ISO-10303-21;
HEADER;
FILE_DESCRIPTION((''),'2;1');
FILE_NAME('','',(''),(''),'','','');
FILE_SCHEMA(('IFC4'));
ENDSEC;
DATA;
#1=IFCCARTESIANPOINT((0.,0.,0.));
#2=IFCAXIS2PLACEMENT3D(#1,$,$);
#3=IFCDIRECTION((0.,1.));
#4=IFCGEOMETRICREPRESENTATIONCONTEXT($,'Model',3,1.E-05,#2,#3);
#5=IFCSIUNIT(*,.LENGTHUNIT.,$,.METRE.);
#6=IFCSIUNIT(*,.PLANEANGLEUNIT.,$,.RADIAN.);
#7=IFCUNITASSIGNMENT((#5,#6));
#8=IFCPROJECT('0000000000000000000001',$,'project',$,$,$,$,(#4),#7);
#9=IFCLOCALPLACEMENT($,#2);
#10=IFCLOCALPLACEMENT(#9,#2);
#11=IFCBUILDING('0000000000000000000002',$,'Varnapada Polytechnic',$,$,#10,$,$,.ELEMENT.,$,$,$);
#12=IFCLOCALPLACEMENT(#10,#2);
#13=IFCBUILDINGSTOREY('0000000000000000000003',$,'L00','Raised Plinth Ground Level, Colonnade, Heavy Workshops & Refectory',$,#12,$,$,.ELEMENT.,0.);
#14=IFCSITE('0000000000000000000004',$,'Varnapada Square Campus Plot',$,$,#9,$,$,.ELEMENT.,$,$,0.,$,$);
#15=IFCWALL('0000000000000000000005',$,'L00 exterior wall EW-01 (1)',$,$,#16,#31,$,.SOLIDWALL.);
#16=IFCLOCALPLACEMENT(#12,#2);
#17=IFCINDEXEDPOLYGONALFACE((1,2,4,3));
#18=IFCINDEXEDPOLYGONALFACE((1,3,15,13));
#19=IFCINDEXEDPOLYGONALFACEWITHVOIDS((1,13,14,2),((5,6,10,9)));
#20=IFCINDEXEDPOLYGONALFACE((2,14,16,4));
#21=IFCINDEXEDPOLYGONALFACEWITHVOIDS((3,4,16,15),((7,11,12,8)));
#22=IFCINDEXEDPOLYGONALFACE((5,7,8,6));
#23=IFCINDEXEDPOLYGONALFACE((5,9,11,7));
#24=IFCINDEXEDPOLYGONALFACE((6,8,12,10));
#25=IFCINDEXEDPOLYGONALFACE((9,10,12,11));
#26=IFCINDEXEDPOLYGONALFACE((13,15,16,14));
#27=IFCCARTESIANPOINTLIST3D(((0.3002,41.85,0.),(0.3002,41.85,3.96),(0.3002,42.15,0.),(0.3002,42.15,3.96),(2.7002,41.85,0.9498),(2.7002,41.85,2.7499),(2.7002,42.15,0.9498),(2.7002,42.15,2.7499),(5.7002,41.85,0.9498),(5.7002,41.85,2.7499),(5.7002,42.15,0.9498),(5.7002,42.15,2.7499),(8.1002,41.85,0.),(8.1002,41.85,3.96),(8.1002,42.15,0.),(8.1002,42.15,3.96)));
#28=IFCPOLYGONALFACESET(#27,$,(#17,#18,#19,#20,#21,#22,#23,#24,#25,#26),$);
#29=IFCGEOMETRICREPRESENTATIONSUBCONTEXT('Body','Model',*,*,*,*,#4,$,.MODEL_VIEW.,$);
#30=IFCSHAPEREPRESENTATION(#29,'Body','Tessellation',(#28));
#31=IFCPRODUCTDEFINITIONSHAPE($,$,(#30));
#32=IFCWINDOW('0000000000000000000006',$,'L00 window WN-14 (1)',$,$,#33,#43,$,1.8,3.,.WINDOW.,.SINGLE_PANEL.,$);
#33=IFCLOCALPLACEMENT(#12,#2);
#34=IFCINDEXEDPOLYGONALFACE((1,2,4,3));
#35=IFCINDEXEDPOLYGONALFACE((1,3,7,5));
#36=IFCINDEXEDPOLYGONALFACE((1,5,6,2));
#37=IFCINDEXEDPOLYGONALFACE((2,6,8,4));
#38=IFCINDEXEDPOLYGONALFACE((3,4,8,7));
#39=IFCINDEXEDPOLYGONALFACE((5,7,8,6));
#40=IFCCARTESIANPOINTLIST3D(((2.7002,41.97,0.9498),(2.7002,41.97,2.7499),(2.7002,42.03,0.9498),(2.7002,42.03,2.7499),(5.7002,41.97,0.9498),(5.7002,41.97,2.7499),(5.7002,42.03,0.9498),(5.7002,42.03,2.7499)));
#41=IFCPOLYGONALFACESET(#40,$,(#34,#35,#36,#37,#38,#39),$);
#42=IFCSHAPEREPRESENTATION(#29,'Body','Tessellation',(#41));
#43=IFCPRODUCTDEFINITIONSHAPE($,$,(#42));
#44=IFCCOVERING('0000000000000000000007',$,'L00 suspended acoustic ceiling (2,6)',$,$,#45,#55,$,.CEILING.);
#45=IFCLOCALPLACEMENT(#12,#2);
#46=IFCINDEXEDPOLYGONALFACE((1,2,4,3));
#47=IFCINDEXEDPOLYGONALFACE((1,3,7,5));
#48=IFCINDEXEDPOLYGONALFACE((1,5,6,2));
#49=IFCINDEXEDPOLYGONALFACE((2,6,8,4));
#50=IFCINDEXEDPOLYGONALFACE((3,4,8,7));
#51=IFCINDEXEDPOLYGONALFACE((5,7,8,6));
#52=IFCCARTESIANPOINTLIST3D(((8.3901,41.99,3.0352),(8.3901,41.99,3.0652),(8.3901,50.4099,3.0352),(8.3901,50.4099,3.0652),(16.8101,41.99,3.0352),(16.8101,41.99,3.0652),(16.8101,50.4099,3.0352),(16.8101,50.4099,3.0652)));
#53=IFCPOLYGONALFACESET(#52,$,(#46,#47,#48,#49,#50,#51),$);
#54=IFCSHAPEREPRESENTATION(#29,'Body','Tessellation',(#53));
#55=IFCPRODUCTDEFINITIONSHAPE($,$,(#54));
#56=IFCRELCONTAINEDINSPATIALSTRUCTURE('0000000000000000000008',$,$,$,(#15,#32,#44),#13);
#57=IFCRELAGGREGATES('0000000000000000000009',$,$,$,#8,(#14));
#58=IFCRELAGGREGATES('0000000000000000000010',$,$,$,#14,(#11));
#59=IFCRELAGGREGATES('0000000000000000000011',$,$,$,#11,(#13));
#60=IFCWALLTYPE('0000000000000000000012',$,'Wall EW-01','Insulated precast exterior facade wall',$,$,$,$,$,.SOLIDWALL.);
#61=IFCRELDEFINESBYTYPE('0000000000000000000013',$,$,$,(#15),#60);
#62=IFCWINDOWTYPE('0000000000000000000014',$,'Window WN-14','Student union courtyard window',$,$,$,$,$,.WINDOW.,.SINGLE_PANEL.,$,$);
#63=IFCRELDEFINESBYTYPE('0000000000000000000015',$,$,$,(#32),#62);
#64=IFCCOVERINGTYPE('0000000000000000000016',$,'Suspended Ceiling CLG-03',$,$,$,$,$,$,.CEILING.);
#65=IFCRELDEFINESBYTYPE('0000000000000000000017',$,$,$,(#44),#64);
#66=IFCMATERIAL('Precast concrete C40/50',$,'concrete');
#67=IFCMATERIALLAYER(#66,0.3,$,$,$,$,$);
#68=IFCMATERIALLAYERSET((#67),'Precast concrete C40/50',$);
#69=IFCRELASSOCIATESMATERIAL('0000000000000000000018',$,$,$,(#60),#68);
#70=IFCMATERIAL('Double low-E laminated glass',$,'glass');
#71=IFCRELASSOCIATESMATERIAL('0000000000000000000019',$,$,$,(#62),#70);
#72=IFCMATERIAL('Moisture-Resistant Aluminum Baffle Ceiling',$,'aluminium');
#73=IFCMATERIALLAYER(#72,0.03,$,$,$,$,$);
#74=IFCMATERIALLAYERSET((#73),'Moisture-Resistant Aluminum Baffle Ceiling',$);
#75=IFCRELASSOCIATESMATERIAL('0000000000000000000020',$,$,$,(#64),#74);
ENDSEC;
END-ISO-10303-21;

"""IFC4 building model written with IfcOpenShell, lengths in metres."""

from ifc_helpers import new_model, si_unit, direction, frame, frame_2d, origin, origin_2d, place, context, subcontext, project, spatial, rectangle, extrude, material, layer, layer_set, type_object, element, fill, save


model = new_model("IFC4")

# Units and contexts
model_context = context("Model", 3, precision=1e-05, world=origin(), true_north=direction((0.0, 1.0)))
body_context = subcontext(model_context, "Body", "Model", "MODEL_VIEW")
ifc_project = project(units=[si_unit("LENGTHUNIT", "METRE"), si_unit("PLANEANGLEUNIT", "RADIAN")], contexts=[model_context])

# Site, building, storey
site_placement = place(None, origin())
site = spatial("IfcSite", under=ifc_project, at=site_placement, Name="Varnapada Square Campus Plot", CompositionType="ELEMENT", RefElevation=0.0)
building_placement = place(site_placement, origin())
building = spatial("IfcBuilding", under=site, at=building_placement, Name="Varnapada Polytechnic", CompositionType="ELEMENT")
storey_placement = place(building_placement, origin())
storey = spatial("IfcBuildingStorey", under=building, at=storey_placement, Name="L00", Description="Raised Plinth Ground Level, Colonnade, Heavy Workshops & Refectory", CompositionType="ELEMENT", Elevation=0.0)

# Wall, opening, window
ifc_material_1 = material(Name="Precast concrete C40/50", Category="concrete")
ifc_layer_1 = layer(ifc_material_1, 0.3)
ifc_layer_set_1 = layer_set([ifc_layer_1], Name="Precast concrete C40/50")
wall_type_1 = type_object("IfcWallType", Name="Wall EW-01", Description="Insulated precast exterior facade wall", PredefinedType="SOLIDWALL", material=ifc_layer_set_1)
wall_1_placement = place(storey_placement, frame((8.1001, 42.0, 0.0), z_axis=(0.0, 0.0, 1.0), x_axis=(-1.0, 0.0, 0.0)))
wall_1 = element("IfcWall", 1, at=wall_1_placement, inside=storey, type_object=wall_type_1, Name="L00 exterior wall EW-01 (1)", PredefinedType="SOLIDWALL", context=body_context, shape_type="SweptSolid", body=[
    extrude(rectangle(XDim=7.8, YDim=0.3, at=frame_2d((3.8999, 0.0))), origin(), (0.0, 0.0, 1.0), 3.96),
])
opening_1_placement = place(wall_1_placement, frame((2.3999, 0.0, 0.95)))
opening_1 = element("IfcOpeningElement", 2, at=opening_1_placement, cuts=wall_1, PredefinedType="OPENING", context=body_context, shape_type="SweptSolid", body=[
    extrude(rectangle(XDim=3.0, YDim=1.8, at=frame_2d((1.5, 0.8999))), frame((0.0, 0.1599, 0.0), z_axis=(0.0, -1.0, 0.0), x_axis=(1.0, 0.0, 0.0)), (0.0, 0.0, 1.0), 0.3201),
])
ifc_material_2 = material(Name="Double low-E laminated glass", Category="glass")
window_type = type_object("IfcWindowType", Name="Window WN-14", Description="Student union courtyard window", PartitioningType="SINGLE_PANEL", PredefinedType="WINDOW", material=ifc_material_2)
window_placement = place(opening_1_placement, origin())
window = element("IfcWindow", 3, at=window_placement, inside=storey, type_object=window_type, Name="L00 window WN-14 (1)", OverallHeight=1.8, OverallWidth=3.0, PartitioningType="SINGLE_PANEL", PredefinedType="WINDOW", context=body_context, shape_type="SweptSolid", body=[
    extrude(rectangle(XDim=3.0, YDim=1.8, at=frame_2d((1.5, 0.8999))), frame((0.0, 0.03, 0.0), z_axis=(0.0, -1.0, 0.0), x_axis=(1.0, 0.0, 0.0)), (0.0, 0.0, 1.0), 0.0601),
])
fill(opening_1, window)

# Covering
ifc_material_3 = material(Name="Moisture-Resistant Aluminum Baffle Ceiling", Category="aluminium")
ifc_layer_2 = layer(ifc_material_3, 0.03)
ifc_layer_set_2 = layer_set([ifc_layer_2], Name="Moisture-Resistant Aluminum Baffle Ceiling")
covering_type = type_object("IfcCoveringType", Name="Suspended Ceiling CLG-03", PredefinedType="CEILING", material=ifc_layer_set_2)
covering_placement = place(storey_placement, frame((12.6001, 46.2, 3.0352), z_axis=(0.0, 0.0, 1.0), x_axis=(1.0, 0.0, 0.0)))
element("IfcCovering", 4, at=covering_placement, inside=storey, type_object=covering_type, Name="L00 suspended acoustic ceiling (2,6)", PredefinedType="CEILING", context=body_context, shape_type="SweptSolid", body=[
    extrude(rectangle(XDim=8.4199, YDim=8.4199, at=origin_2d()), origin(), (0.0, 0.0, 1.0), 0.03),
])

save(model, "model.ifc")
